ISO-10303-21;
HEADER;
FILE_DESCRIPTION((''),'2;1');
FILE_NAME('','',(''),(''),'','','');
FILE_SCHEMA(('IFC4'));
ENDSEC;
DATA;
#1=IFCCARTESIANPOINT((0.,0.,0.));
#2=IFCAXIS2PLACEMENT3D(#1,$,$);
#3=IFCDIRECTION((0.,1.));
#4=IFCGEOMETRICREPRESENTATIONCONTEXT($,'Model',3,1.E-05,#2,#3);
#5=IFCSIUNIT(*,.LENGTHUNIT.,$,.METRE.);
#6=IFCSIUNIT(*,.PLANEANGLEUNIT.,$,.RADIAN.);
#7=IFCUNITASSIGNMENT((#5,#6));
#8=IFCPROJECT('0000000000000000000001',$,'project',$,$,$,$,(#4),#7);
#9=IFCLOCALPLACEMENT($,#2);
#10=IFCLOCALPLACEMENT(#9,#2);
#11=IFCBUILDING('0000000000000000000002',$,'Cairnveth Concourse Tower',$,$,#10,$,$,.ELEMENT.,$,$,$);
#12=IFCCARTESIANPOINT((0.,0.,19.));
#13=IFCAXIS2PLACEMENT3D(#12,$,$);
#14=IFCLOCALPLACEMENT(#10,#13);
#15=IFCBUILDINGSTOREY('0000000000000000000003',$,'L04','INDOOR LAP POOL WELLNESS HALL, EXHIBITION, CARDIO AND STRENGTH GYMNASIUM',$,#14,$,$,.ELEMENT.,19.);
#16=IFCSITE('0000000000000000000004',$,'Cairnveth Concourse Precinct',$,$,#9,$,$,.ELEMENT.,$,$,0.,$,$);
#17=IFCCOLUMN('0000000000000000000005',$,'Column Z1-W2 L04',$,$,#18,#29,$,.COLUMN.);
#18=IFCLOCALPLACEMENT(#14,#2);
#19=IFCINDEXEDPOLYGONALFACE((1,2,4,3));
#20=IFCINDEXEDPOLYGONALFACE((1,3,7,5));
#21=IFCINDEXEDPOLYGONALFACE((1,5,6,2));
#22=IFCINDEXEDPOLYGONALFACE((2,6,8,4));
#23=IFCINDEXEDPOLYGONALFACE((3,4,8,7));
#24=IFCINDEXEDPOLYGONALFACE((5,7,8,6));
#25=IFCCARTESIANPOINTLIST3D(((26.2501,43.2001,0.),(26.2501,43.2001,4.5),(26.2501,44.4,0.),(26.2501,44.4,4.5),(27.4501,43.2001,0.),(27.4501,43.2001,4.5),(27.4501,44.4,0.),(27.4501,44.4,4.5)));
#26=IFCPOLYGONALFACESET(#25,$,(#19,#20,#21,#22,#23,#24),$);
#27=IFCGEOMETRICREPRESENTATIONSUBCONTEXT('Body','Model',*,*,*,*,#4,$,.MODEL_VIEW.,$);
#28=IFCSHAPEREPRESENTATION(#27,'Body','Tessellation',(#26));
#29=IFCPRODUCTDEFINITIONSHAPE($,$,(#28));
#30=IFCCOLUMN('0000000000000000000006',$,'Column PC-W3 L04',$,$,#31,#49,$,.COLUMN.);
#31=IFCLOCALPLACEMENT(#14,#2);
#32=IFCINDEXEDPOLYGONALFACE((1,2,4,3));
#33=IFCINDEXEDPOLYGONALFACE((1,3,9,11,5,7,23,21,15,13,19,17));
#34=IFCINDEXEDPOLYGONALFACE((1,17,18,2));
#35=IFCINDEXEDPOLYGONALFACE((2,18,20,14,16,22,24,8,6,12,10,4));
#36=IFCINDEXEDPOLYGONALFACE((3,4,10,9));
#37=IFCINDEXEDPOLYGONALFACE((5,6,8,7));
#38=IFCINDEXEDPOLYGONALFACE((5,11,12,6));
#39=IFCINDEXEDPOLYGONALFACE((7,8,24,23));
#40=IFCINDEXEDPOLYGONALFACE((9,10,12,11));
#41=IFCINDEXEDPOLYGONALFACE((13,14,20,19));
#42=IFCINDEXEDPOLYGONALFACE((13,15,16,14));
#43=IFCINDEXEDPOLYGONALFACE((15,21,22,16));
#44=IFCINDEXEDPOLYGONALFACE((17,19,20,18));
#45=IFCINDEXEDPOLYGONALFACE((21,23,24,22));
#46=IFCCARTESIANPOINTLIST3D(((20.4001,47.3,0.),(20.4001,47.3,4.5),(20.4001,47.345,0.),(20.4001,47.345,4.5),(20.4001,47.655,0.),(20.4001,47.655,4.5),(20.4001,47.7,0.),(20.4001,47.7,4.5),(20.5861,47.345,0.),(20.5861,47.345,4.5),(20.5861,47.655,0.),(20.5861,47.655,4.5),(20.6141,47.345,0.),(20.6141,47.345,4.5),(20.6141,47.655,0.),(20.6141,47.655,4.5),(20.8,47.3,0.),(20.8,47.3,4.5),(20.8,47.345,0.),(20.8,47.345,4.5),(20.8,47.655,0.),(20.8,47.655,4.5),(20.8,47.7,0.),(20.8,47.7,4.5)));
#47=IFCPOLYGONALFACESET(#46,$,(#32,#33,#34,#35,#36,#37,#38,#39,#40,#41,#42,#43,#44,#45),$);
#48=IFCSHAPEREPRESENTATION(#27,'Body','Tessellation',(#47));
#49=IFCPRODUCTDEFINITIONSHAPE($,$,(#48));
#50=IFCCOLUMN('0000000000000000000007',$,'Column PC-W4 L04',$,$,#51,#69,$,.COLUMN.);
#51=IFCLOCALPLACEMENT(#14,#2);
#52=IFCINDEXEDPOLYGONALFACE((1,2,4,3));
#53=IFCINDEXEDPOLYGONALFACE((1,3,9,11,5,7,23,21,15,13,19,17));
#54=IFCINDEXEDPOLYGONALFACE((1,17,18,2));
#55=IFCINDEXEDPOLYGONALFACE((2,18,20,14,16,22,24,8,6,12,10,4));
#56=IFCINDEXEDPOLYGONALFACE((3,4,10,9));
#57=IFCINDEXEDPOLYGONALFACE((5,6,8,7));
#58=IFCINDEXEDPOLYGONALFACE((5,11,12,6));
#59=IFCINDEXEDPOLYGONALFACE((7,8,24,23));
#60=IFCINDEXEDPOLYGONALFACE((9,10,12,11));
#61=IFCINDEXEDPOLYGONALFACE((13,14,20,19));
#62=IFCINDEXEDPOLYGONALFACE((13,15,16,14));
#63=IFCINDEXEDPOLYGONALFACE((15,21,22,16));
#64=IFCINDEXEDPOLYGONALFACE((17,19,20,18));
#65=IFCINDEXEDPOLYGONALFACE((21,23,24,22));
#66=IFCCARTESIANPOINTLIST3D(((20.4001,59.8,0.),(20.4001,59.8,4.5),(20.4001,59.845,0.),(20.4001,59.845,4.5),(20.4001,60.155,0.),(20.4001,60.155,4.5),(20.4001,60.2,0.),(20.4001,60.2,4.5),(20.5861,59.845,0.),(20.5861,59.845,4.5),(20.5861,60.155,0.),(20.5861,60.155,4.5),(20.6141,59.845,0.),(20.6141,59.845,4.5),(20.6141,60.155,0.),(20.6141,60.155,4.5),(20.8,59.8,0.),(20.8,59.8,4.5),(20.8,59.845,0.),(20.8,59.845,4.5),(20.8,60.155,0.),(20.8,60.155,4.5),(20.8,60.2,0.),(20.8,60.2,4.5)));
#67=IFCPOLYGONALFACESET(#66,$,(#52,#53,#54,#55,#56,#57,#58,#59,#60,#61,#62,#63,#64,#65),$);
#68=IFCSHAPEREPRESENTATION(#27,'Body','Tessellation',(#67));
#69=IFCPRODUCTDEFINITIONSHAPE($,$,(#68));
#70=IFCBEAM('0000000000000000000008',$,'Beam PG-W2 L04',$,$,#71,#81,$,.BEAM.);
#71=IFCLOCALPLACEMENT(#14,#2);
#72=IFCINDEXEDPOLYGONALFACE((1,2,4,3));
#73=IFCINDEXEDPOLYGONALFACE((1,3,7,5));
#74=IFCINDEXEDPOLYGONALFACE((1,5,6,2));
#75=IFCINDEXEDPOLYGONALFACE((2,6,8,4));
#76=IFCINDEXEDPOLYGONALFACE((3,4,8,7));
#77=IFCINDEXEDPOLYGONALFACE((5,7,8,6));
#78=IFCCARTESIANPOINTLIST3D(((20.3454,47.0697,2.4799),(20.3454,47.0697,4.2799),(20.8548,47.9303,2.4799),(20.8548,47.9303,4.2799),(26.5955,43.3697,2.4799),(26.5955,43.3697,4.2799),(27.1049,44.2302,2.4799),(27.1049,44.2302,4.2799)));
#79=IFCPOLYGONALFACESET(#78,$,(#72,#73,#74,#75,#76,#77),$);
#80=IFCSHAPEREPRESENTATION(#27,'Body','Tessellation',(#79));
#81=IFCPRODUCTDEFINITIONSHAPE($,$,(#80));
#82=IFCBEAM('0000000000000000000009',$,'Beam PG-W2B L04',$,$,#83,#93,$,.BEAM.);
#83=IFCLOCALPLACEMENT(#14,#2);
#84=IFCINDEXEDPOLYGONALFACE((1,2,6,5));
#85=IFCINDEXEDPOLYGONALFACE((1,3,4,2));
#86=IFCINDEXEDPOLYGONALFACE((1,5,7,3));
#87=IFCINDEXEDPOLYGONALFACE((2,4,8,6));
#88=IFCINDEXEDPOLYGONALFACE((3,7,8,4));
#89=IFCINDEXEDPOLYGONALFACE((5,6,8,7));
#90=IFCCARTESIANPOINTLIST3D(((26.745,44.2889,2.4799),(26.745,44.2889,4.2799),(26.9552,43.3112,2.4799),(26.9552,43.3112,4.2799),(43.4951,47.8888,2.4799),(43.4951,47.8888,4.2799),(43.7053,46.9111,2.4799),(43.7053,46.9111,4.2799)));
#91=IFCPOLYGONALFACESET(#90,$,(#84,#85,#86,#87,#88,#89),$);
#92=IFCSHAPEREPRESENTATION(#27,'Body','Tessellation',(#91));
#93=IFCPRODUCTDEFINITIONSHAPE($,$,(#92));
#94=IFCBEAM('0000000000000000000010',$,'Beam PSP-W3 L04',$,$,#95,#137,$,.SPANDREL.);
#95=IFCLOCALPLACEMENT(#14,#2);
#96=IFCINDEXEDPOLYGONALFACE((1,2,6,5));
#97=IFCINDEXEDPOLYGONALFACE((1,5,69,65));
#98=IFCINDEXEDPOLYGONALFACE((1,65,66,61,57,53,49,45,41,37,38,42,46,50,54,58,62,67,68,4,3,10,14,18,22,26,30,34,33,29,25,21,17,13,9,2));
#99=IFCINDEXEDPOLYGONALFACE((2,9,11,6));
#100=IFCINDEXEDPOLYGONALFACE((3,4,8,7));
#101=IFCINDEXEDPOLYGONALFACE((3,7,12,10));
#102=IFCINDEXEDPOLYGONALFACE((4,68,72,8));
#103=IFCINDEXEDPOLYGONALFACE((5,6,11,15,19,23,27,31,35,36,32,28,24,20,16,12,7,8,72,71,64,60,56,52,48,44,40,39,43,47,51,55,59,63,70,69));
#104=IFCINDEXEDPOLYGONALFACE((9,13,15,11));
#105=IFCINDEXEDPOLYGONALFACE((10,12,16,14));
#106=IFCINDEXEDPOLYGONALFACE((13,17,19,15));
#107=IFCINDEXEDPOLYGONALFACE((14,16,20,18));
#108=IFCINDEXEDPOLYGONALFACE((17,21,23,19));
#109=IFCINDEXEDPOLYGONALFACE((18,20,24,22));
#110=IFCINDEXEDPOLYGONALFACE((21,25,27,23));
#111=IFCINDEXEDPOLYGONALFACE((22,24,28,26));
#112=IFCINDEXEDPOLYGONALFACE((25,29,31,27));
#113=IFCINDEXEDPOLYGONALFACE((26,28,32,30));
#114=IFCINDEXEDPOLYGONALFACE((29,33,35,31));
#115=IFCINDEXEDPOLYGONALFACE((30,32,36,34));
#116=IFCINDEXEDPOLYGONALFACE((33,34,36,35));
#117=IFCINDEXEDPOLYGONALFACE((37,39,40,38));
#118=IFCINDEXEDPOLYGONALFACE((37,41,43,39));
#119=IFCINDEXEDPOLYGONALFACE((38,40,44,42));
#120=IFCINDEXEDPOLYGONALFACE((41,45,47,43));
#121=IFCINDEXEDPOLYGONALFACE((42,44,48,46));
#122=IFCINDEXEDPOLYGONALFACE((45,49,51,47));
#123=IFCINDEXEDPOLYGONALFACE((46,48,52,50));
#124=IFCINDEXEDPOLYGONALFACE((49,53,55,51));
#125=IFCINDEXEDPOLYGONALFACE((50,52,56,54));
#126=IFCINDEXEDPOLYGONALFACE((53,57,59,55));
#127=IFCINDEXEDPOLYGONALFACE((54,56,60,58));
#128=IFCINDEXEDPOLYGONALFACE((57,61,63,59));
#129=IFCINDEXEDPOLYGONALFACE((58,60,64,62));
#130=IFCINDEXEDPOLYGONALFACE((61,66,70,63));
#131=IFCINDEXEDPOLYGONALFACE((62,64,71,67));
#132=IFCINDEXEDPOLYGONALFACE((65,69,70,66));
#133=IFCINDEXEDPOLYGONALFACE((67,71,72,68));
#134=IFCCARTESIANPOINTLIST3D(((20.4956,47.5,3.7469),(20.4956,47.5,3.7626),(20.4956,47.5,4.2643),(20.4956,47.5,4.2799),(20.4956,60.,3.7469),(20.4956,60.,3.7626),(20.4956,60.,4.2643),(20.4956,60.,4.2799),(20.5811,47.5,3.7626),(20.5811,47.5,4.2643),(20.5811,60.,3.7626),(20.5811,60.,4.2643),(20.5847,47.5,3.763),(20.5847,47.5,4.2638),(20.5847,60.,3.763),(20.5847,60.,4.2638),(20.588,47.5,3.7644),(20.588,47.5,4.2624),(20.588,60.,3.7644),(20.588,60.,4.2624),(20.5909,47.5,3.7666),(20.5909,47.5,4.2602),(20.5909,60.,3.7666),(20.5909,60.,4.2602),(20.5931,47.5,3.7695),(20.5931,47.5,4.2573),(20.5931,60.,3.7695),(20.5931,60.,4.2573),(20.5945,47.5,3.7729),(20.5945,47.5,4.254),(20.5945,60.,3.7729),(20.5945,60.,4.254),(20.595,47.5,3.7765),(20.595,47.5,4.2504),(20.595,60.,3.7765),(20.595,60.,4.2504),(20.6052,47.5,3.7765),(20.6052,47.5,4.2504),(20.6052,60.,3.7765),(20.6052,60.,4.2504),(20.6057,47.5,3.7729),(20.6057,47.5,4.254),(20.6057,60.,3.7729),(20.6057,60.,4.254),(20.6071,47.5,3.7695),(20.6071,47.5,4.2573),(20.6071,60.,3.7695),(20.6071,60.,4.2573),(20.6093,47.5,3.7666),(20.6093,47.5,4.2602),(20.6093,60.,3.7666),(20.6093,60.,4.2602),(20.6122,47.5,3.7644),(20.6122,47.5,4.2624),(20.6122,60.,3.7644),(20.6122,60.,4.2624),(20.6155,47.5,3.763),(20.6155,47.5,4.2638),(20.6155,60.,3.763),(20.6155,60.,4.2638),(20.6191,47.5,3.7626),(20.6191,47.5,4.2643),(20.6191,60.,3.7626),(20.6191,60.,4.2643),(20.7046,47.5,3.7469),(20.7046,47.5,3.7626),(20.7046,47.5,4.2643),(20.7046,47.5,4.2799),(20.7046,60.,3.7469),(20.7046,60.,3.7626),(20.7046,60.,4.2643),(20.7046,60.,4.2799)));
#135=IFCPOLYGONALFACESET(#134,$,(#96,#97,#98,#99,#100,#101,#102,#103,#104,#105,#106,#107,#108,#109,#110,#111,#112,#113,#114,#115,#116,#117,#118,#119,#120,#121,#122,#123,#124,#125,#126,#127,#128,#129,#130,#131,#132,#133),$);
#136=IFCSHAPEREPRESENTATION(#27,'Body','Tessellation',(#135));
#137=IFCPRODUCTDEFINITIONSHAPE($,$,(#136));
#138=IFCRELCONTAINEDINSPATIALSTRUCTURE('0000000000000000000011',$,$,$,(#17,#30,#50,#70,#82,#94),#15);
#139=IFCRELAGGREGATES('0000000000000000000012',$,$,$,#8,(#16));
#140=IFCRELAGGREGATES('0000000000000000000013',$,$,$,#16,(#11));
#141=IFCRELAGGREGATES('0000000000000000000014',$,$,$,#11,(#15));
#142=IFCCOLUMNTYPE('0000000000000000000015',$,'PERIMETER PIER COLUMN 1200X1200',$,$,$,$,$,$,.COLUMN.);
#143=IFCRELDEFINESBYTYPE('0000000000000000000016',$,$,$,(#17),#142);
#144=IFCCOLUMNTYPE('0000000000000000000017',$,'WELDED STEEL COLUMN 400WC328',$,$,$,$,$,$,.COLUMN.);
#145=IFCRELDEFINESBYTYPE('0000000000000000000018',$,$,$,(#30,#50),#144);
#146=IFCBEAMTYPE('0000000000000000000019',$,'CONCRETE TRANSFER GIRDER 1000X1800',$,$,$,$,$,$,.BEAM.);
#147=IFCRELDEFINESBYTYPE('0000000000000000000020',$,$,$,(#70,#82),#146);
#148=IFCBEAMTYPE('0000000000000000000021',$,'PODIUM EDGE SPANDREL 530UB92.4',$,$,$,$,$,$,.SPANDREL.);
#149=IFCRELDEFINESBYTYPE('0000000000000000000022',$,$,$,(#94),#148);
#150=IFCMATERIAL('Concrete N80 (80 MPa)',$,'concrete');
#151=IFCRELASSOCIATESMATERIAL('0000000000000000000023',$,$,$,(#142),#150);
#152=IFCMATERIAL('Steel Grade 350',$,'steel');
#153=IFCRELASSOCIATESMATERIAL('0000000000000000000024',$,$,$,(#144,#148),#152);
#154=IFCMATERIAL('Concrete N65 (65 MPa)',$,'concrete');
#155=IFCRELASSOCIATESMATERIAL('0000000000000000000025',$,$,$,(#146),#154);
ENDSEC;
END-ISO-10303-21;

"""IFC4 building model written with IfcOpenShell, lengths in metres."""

from ifc_helpers import new_model, si_unit, direction, frame, origin, origin_2d, place, context, subcontext, project, spatial, rectangle, i_section, extrude, material, material_profile, profile_set, type_object, element, save


model = new_model("IFC4")

# Units and contexts
model_context = context("Model", 3, precision=1e-05, world=origin(), true_north=direction((0.0, 1.0)))
body_context = subcontext(model_context, "Body", "Model", "MODEL_VIEW")
ifc_project = project(units=[si_unit("LENGTHUNIT", "METRE"), si_unit("PLANEANGLEUNIT", "RADIAN")], contexts=[model_context])

# Site, building, storey
site_placement = place(None, origin())
site = spatial("IfcSite", under=ifc_project, at=site_placement, Name="Cairnveth Concourse Precinct", CompositionType="ELEMENT", RefElevation=0.0)
building_placement = place(site_placement, origin())
building = spatial("IfcBuilding", under=site, at=building_placement, Name="Cairnveth Concourse Tower", CompositionType="ELEMENT")
storey_placement = place(building_placement, frame((0.0, 0.0, 19.0)))
storey = spatial("IfcBuildingStorey", under=building, at=storey_placement, Name="L04", Description="INDOOR LAP POOL WELLNESS HALL, EXHIBITION, CARDIO AND STRENGTH GYMNASIUM", CompositionType="ELEMENT", Elevation=19.0)

# Columns
ifc_material_1 = material(Name="Concrete N80 (80 MPa)", Category="concrete")
ifc_material_profile_1 = material_profile(ifc_material_1, rectangle(XDim=1.2, YDim=1.2, at=origin_2d()), Name="RC-COL-1200x1200")
ifc_profile_set_1 = profile_set([ifc_material_profile_1], Name="Concrete N80 (80 MPa)")
column_type_1 = type_object("IfcColumnType", Name="PERIMETER PIER COLUMN 1200X1200", PredefinedType="COLUMN", material=ifc_profile_set_1)
column_placement = place(storey_placement, frame((26.8501, 43.8, 0.0), z_axis=(0.0, 0.0, 1.0), x_axis=(1.0, 0.0, 0.0)))
element("IfcColumn", 1, at=column_placement, inside=storey, type_object=column_type_1, Name="Column Z1-W2 L04", PredefinedType="COLUMN", context=body_context, shape_type="SweptSolid", body=[
    extrude(rectangle(XDim=1.2, YDim=1.2, at=origin_2d()), origin(), (0.0, 0.0, 1.0), 4.5),
])
ifc_material_2 = material(Name="Steel Grade 350", Category="steel")
ifc_material_profile_2 = material_profile(ifc_material_2, i_section(OverallWidth=0.3999, OverallDepth=0.3999, WebThickness=0.0281, FlangeThickness=0.0449, at=origin_2d()), Name="400WC328")
ifc_profile_set_2 = profile_set([ifc_material_profile_2], Name="Steel Grade 350")
column_type_2 = type_object("IfcColumnType", Name="WELDED STEEL COLUMN 400WC328", PredefinedType="COLUMN", material=ifc_profile_set_2)
for number, where, z_axis, x_axis, name in (
    (2, (20.6001, 47.5, 0.0), (0.0, 0.0, 1.0), (1.0, 0.0, 0.0), "Column PC-W3 L04"),
    (3, (20.6001, 60.0, 0.0), (0.0, 0.0, 1.0), (1.0, 0.0, 0.0), "Column PC-W4 L04"),
):
    element("IfcColumn", number, at=place(storey_placement, frame(where, z_axis=z_axis, x_axis=x_axis)), inside=storey, type_object=column_type_2, Name=name, PredefinedType="COLUMN", context=body_context, shape_type="SweptSolid", body=[
        extrude(i_section(OverallWidth=0.3999, OverallDepth=0.3999, WebThickness=0.0281, FlangeThickness=0.0449, at=origin_2d()), origin(), (0.0, 0.0, 1.0), 4.5),
    ])

# Beams
ifc_material_3 = material(Name="Concrete N65 (65 MPa)", Category="concrete")
ifc_material_profile_3 = material_profile(ifc_material_3, rectangle(XDim=1.0, YDim=1.8, at=origin_2d()), Name="RC-TB-1000x1800")
ifc_profile_set_3 = profile_set([ifc_material_profile_3], Name="Concrete N65 (65 MPa)")
beam_type_1 = type_object("IfcBeamType", Name="CONCRETE TRANSFER GIRDER 1000X1800", PredefinedType="BEAM", material=ifc_profile_set_3)
beam_1_placement = place(storey_placement, frame((20.6001, 47.5, 3.3799), z_axis=(0.860518, -0.50942, 0.0), x_axis=(0.50942, 0.860518, 0.0)))
element("IfcBeam", 4, at=beam_1_placement, inside=storey, type_object=beam_type_1, Name="Beam PG-W2 L04", PredefinedType="BEAM", context=body_context, shape_type="SweptSolid", body=[
    extrude(rectangle(XDim=1.0, YDim=1.8, at=origin_2d()), origin(), (0.0, 0.0, 1.0), 7.2632),
])
beam_2_placement = place(storey_placement, frame((26.8501, 43.8, 3.3799), z_axis=(0.977676, 0.210119, 0.0), x_axis=(-0.210119, 0.977676, 0.0)))
element("IfcBeam", 5, at=beam_2_placement, inside=storey, type_object=beam_type_1, Name="Beam PG-W2B L04", PredefinedType="BEAM", context=body_context, shape_type="SweptSolid", body=[
    extrude(rectangle(XDim=1.0, YDim=1.8, at=origin_2d()), origin(), (0.0, 0.0, 1.0), 17.1326),
])
ifc_material_profile_4 = material_profile(ifc_material_2, i_section(OverallWidth=0.209, OverallDepth=0.533, WebThickness=0.0103, FlangeThickness=0.0156, FilletRadius=0.0139, at=origin_2d()), Name="530UB92.4")
ifc_profile_set_4 = profile_set([ifc_material_profile_4], Name="Steel Grade 350")
beam_type_2 = type_object("IfcBeamType", Name="PODIUM EDGE SPANDREL 530UB92.4", PredefinedType="SPANDREL", material=ifc_profile_set_4)
beam_3_placement = place(storey_placement, frame((20.6001, 47.5, 4.0134), z_axis=(0.0, 1.0, 0.0), x_axis=(-1.0, 0.0, 0.0)))
element("IfcBeam", 6, at=beam_3_placement, inside=storey, type_object=beam_type_2, Name="Beam PSP-W3 L04", PredefinedType="SPANDREL", context=body_context, shape_type="SweptSolid", body=[
    extrude(i_section(OverallWidth=0.209, OverallDepth=0.533, WebThickness=0.0103, FlangeThickness=0.0156, FilletRadius=0.0139, at=origin_2d()), origin(), (0.0, 0.0, 1.0), 12.5),
])

save(model, "model.ifc")
